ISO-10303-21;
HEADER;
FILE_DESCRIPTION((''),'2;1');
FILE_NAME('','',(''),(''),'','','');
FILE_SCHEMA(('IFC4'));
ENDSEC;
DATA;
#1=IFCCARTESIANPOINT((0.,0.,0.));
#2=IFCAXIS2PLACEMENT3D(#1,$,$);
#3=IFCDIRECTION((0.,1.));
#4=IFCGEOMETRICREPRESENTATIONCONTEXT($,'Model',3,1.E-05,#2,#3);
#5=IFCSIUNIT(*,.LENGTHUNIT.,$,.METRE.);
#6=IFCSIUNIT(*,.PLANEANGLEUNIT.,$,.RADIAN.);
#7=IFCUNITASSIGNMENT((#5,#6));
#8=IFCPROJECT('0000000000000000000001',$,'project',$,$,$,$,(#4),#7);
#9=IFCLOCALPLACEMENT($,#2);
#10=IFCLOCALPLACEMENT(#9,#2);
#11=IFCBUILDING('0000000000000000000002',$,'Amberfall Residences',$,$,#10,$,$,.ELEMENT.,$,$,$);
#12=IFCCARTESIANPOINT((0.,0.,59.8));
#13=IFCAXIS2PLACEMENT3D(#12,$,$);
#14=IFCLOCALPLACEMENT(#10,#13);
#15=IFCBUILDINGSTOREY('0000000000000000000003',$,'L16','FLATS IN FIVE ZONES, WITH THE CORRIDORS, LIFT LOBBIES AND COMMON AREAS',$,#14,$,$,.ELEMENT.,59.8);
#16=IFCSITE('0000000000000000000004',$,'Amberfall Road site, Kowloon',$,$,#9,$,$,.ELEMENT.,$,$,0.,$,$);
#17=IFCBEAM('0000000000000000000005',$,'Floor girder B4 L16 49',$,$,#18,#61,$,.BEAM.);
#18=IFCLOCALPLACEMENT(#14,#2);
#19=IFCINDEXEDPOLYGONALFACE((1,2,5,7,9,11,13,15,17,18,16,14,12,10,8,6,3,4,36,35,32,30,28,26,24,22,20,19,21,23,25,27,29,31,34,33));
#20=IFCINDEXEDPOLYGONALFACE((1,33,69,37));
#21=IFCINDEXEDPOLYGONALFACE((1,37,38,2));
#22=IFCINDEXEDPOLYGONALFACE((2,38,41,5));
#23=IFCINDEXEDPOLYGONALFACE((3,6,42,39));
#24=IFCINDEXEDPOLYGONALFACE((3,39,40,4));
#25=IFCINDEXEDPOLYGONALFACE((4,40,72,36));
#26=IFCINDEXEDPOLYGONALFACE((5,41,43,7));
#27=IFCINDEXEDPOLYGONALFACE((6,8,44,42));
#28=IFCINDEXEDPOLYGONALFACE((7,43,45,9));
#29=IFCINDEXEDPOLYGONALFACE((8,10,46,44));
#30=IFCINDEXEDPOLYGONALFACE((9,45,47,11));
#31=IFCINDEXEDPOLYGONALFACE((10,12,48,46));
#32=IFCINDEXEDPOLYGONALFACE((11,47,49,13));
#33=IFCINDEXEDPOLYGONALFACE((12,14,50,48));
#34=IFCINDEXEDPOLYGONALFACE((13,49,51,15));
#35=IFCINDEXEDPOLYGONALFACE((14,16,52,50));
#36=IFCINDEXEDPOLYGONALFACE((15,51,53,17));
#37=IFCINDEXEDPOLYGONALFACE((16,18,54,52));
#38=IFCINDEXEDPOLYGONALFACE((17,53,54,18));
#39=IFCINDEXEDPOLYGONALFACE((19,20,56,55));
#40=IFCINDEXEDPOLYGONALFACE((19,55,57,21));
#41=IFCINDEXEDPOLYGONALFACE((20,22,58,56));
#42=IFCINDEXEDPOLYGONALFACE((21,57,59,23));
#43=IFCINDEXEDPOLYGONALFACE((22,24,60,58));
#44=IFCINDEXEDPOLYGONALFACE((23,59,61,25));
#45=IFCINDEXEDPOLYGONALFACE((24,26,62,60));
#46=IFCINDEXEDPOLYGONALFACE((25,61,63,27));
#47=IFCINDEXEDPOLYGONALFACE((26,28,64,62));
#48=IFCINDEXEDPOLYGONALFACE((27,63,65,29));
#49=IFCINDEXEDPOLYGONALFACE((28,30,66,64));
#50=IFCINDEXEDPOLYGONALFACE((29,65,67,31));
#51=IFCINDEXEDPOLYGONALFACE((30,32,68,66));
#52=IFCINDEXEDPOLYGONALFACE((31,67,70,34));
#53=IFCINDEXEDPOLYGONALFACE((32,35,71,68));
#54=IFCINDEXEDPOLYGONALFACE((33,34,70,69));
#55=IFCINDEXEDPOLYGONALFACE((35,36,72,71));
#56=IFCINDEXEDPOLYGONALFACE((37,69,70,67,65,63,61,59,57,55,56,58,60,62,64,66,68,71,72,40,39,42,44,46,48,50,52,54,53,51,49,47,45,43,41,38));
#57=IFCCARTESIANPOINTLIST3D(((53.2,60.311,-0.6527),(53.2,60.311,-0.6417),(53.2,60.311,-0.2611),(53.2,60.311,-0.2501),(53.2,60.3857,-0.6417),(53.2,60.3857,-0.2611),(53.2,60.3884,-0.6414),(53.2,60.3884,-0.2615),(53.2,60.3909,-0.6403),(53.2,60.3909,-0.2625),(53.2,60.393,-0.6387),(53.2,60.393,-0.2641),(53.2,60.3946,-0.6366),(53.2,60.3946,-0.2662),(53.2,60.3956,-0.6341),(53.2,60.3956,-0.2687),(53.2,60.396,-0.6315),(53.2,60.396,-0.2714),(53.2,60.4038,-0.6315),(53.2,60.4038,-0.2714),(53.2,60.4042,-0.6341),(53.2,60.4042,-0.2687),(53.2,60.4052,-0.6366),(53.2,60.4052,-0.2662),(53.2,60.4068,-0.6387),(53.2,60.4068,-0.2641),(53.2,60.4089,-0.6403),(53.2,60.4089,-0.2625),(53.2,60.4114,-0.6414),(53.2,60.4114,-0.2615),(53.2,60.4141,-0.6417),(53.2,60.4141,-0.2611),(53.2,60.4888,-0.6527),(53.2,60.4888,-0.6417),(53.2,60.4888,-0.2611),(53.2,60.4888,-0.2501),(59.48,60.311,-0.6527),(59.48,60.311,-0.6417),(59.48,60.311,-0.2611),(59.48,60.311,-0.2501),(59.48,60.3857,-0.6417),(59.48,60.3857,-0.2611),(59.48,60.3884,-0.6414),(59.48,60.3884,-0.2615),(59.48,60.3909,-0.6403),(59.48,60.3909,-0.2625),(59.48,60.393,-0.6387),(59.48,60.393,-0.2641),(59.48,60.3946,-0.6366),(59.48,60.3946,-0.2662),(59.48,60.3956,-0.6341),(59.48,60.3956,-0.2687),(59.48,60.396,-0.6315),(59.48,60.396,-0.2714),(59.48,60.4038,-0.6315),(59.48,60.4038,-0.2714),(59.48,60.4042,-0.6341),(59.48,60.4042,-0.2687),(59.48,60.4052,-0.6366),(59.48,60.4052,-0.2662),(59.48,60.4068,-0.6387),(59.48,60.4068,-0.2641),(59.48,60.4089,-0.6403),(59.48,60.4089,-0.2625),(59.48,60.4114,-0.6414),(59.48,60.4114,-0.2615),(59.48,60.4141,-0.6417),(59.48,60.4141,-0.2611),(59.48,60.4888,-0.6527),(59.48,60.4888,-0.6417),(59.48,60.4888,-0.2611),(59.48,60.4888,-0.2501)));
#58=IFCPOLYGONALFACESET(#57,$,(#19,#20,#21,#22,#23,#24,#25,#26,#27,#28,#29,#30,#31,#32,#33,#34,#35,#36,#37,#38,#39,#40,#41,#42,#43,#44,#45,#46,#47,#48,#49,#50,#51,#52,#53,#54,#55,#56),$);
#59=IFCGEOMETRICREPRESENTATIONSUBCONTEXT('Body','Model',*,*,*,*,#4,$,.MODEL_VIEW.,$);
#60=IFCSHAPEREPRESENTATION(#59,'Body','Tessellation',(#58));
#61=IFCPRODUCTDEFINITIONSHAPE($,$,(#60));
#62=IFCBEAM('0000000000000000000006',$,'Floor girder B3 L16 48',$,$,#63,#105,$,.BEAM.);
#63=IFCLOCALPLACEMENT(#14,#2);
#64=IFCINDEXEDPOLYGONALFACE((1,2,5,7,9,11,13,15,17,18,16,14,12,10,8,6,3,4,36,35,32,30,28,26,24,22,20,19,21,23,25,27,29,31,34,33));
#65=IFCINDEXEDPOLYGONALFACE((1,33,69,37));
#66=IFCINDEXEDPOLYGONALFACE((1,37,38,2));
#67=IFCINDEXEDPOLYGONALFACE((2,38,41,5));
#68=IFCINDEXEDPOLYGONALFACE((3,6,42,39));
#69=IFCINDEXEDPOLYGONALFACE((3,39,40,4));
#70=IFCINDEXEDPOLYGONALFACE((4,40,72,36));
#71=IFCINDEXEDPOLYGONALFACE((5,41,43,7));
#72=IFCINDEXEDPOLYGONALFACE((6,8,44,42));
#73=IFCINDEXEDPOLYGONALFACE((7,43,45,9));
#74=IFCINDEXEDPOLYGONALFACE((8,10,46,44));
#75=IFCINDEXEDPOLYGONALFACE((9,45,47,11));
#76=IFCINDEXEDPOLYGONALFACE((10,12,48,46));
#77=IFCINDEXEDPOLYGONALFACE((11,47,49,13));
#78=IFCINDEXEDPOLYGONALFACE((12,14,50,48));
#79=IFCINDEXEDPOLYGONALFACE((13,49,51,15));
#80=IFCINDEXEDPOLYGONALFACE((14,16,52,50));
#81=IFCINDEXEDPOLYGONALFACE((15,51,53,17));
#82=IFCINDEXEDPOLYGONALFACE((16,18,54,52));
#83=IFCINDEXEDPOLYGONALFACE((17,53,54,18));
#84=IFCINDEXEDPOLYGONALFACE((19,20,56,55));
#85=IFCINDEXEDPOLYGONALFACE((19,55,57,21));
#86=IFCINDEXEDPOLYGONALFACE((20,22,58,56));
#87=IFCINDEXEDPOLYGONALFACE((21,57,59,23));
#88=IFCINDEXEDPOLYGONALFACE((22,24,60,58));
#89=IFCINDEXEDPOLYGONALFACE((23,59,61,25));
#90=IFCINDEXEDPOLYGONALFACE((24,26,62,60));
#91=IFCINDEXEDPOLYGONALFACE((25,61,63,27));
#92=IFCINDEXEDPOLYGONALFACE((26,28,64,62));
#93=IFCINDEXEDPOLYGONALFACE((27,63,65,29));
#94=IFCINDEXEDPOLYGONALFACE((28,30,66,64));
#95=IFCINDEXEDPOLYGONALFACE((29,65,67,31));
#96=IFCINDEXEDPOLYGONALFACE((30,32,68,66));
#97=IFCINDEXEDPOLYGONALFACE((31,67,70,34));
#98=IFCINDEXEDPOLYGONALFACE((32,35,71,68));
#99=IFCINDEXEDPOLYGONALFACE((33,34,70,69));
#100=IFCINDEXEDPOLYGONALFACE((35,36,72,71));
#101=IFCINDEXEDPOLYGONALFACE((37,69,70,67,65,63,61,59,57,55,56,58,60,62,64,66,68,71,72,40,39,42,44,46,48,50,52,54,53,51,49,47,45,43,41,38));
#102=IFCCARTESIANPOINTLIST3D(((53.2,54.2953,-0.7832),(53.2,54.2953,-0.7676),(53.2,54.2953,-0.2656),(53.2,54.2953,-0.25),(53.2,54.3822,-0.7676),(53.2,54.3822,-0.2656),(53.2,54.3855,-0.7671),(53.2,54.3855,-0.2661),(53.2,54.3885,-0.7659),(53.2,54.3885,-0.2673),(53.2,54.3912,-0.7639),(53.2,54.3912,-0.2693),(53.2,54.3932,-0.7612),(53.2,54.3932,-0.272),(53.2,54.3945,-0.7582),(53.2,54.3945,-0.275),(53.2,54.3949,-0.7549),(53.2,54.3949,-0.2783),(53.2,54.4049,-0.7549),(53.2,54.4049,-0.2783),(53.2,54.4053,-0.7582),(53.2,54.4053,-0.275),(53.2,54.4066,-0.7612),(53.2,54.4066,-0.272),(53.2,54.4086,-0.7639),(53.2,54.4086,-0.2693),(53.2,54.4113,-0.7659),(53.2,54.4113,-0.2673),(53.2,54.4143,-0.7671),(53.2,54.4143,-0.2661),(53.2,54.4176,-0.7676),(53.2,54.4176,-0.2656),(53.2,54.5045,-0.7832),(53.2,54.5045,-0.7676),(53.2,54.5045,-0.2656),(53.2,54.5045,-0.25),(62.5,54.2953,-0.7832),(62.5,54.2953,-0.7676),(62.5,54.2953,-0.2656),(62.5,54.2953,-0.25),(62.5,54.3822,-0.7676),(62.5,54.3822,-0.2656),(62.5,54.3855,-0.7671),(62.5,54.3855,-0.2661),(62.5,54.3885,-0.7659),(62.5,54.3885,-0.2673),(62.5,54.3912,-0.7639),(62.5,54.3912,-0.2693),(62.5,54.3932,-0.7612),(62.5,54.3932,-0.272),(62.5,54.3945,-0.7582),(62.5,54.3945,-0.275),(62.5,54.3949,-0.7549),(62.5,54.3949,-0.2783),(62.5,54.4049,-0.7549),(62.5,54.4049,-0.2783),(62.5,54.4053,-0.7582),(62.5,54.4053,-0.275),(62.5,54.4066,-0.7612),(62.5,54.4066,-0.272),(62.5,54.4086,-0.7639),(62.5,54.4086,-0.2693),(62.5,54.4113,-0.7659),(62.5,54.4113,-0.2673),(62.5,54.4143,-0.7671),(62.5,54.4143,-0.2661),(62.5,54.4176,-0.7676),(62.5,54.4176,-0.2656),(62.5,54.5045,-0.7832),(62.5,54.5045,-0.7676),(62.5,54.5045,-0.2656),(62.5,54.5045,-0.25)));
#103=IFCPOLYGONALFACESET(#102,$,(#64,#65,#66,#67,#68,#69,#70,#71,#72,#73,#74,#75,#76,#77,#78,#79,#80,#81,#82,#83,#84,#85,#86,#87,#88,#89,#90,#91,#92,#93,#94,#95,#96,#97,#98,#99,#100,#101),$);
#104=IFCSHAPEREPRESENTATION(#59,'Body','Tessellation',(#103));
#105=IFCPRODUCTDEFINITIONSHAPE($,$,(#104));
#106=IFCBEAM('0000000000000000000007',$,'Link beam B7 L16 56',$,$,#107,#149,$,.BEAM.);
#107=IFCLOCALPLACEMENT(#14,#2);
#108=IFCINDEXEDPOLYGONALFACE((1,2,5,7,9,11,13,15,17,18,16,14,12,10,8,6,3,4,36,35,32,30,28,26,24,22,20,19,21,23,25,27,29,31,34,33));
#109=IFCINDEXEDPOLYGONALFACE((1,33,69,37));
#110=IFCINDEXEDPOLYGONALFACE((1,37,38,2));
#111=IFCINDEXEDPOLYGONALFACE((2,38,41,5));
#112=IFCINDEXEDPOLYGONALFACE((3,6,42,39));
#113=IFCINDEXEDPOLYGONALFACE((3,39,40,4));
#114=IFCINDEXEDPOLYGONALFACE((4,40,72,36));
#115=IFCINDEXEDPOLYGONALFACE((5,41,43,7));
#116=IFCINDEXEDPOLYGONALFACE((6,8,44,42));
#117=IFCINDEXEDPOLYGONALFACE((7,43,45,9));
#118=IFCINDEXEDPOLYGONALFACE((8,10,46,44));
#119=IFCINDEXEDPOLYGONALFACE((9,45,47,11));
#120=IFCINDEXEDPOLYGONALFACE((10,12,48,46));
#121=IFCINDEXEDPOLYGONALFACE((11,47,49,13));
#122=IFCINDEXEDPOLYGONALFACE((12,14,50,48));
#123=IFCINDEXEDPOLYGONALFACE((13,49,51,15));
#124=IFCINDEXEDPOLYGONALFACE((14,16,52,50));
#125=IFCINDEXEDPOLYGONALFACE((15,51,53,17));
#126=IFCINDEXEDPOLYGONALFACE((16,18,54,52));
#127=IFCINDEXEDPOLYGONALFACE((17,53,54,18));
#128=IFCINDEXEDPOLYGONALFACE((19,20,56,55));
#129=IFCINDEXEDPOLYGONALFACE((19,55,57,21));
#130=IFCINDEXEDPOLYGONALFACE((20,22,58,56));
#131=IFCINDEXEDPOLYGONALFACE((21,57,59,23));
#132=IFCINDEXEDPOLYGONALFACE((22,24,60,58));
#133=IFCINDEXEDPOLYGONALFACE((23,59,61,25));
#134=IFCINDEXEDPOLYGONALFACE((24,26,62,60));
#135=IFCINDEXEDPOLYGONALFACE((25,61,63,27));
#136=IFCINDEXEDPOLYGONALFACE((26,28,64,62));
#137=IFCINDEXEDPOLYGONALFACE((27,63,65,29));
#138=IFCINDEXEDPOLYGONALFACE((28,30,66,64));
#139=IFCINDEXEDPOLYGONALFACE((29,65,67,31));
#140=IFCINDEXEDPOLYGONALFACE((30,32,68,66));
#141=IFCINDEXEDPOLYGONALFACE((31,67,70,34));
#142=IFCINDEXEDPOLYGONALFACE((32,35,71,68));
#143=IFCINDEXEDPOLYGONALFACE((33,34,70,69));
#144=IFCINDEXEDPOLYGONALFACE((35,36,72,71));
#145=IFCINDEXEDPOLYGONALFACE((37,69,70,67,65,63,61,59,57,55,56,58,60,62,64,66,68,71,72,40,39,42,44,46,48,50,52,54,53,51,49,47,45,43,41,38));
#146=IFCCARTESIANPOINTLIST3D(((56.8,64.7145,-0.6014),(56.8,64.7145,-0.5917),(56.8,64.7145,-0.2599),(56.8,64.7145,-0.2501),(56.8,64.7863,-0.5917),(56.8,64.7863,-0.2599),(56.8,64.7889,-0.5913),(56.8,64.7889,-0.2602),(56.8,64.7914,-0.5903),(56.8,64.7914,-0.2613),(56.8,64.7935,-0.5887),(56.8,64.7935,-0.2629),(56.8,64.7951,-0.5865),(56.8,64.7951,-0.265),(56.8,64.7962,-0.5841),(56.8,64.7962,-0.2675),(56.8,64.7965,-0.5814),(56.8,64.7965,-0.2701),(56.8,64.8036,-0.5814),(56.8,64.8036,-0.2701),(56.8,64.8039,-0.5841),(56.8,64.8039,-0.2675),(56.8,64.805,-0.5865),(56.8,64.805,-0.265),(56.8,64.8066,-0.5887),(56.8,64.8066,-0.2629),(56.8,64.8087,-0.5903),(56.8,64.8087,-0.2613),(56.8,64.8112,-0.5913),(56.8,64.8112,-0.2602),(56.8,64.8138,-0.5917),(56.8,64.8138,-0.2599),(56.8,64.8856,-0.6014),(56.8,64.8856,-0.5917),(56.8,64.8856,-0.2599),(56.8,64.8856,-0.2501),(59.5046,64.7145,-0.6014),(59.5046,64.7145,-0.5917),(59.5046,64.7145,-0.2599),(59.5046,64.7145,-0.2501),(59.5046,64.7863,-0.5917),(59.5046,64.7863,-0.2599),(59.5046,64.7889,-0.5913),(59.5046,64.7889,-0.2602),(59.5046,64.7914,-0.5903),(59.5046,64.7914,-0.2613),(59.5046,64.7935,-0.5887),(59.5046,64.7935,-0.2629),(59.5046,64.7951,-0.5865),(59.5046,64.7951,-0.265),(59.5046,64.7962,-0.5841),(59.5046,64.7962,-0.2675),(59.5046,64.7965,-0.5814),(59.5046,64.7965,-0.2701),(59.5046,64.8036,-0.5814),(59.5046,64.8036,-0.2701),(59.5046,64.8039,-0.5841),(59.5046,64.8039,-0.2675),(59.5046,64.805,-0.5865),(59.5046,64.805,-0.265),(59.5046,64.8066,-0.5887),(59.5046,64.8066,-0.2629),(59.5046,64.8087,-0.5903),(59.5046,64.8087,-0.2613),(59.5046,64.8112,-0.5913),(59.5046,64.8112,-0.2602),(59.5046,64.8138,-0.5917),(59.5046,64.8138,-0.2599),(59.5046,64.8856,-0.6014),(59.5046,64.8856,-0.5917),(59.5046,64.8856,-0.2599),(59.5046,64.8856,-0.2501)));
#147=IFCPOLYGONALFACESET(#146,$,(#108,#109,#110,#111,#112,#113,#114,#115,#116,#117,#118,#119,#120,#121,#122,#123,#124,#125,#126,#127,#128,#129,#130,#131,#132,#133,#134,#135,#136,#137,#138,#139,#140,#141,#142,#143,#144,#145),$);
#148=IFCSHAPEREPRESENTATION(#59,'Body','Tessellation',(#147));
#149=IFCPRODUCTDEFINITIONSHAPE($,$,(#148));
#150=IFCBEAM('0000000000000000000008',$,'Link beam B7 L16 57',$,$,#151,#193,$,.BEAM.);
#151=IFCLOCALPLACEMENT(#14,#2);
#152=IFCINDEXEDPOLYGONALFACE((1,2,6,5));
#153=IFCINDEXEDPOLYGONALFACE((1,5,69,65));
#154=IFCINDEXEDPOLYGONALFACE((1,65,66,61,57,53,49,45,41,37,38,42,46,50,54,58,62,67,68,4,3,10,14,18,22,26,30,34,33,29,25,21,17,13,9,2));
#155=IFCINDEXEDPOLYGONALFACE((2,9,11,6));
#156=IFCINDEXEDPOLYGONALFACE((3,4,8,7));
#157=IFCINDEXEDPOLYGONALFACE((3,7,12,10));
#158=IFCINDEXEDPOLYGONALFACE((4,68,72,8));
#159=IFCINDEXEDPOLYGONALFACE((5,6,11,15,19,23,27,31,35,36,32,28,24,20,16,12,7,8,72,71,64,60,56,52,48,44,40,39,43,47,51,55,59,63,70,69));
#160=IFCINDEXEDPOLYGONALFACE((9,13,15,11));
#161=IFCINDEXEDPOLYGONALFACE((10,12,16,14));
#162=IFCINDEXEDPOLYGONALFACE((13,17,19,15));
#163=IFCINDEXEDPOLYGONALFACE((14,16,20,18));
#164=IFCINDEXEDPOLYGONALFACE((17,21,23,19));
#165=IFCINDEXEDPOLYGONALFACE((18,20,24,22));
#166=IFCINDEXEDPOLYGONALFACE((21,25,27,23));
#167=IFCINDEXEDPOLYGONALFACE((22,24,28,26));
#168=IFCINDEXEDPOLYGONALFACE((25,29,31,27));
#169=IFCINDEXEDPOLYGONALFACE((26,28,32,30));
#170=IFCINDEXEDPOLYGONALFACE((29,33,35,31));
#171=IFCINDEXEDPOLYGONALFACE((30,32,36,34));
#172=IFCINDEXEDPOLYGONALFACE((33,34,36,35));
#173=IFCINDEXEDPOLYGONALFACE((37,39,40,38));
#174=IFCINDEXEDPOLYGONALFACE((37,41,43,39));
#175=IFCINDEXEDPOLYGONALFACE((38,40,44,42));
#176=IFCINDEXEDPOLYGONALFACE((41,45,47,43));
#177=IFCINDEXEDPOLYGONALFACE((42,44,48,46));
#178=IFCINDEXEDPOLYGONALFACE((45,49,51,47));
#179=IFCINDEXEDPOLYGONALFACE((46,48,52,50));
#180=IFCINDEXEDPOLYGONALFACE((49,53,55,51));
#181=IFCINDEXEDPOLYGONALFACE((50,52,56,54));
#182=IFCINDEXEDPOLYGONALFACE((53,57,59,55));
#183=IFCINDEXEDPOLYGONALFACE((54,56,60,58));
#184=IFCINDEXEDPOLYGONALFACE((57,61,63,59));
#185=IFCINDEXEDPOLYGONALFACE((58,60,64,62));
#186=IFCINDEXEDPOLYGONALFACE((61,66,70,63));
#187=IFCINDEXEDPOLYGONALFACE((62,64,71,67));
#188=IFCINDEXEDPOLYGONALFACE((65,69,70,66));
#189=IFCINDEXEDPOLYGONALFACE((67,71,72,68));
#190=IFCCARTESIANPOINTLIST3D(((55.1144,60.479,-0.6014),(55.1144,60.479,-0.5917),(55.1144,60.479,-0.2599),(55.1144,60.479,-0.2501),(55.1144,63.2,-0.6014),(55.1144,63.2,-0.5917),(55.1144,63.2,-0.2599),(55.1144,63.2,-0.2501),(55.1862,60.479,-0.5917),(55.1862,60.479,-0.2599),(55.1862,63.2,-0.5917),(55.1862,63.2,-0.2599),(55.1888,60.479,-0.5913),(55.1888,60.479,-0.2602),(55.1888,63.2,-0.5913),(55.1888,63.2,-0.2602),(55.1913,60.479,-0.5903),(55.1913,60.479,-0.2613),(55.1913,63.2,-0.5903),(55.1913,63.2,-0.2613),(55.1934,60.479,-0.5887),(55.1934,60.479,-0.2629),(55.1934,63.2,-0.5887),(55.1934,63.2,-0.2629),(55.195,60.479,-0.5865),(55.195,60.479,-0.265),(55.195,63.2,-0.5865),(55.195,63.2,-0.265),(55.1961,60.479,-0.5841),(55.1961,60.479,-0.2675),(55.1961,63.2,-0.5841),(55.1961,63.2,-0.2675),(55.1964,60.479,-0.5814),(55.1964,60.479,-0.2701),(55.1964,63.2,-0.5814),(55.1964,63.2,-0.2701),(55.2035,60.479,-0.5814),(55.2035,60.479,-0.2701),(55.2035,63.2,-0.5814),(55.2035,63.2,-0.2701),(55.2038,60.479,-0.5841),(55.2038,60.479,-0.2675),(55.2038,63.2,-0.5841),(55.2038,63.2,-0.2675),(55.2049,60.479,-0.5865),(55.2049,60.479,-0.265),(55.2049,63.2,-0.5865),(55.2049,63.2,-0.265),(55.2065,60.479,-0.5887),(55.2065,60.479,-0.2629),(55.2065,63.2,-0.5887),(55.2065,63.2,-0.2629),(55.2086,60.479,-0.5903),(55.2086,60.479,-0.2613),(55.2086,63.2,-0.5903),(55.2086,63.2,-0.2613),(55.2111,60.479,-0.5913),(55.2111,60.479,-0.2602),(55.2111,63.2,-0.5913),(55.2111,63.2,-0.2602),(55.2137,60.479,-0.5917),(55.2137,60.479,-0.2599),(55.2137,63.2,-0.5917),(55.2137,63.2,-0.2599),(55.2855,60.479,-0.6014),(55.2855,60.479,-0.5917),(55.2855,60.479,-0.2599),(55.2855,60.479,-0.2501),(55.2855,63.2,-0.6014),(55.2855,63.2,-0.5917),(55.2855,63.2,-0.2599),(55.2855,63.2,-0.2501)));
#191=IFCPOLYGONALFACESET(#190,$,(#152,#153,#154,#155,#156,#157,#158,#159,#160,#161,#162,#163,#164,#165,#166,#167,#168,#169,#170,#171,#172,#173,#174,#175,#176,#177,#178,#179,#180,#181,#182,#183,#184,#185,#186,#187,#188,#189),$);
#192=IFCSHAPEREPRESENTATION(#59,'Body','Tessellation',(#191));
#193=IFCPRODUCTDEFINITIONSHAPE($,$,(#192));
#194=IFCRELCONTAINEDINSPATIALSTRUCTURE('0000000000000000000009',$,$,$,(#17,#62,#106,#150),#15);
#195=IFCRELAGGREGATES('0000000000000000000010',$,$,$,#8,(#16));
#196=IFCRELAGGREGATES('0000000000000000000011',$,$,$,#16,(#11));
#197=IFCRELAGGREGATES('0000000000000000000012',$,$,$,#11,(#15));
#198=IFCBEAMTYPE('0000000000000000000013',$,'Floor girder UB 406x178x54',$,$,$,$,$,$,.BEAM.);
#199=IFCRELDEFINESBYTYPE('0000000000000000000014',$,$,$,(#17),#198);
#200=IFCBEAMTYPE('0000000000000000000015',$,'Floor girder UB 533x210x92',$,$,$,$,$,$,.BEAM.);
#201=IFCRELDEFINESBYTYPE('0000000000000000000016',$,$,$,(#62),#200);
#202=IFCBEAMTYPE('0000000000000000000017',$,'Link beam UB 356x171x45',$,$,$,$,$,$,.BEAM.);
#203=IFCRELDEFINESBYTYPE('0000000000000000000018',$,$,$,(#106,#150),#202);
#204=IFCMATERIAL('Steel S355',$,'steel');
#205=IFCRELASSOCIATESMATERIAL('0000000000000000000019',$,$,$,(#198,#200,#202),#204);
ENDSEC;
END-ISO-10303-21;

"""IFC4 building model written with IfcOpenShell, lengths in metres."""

from ifc_helpers import new_model, si_unit, direction, frame, origin, origin_2d, place, context, subcontext, project, spatial, i_section, extrude, material, material_profile, profile_set, type_object, element, save


model = new_model("IFC4")

# Units and contexts
model_context = context("Model", 3, precision=1e-05, world=origin(), true_north=direction((0.0, 1.0)))
body_context = subcontext(model_context, "Body", "Model", "MODEL_VIEW")
ifc_project = project(units=[si_unit("LENGTHUNIT", "METRE"), si_unit("PLANEANGLEUNIT", "RADIAN")], contexts=[model_context])

# Site, building, storey
site_placement = place(None, origin())
site = spatial("IfcSite", under=ifc_project, at=site_placement, Name="Amberfall Road site, Kowloon", CompositionType="ELEMENT", RefElevation=0.0)
building_placement = place(site_placement, origin())
building = spatial("IfcBuilding", under=site, at=building_placement, Name="Amberfall Residences", CompositionType="ELEMENT")
storey_placement = place(building_placement, frame((0.0, 0.0, 59.8)))
storey = spatial("IfcBuildingStorey", under=building, at=storey_placement, Name="L16", Description="FLATS IN FIVE ZONES, WITH THE CORRIDORS, LIFT LOBBIES AND COMMON AREAS", CompositionType="ELEMENT", Elevation=59.8)

# Shared definitions
ifc_material_1 = material(Name="Steel S355", Category="steel")

# Beams
ifc_material_profile_1 = material_profile(ifc_material_1, i_section(OverallWidth=0.1777, OverallDepth=0.4026, WebThickness=0.0078, FlangeThickness=0.011, FilletRadius=0.0103, at=origin_2d()), Name="UB 406x178x54")
ifc_profile_set_1 = profile_set([ifc_material_profile_1], Name="Steel S355")
beam_type_1 = type_object("IfcBeamType", Name="Floor girder UB 406x178x54", PredefinedType="BEAM", material=ifc_profile_set_1)
beam_1_placement = place(storey_placement, frame((53.2, 60.3999, -0.4514), z_axis=(1.0, 0.0, 0.0), x_axis=(0.0, 1.0, 0.0)))
element("IfcBeam", 1, at=beam_1_placement, inside=storey, type_object=beam_type_1, Name="Floor girder B4 L16 49", PredefinedType="BEAM", context=body_context, shape_type="SweptSolid", body=[
    extrude(i_section(OverallWidth=0.1777, OverallDepth=0.4026, WebThickness=0.0078, FlangeThickness=0.011, FilletRadius=0.0103, at=origin_2d()), origin(), (0.0, 0.0, 1.0), 6.28),
])
ifc_material_profile_2 = material_profile(ifc_material_1, i_section(OverallWidth=0.2092, OverallDepth=0.5332, WebThickness=0.01, FlangeThickness=0.0156, FilletRadius=0.0127, at=origin_2d()), Name="UB 533x210x92")
ifc_profile_set_2 = profile_set([ifc_material_profile_2], Name="Steel S355")
beam_type_2 = type_object("IfcBeamType", Name="Floor girder UB 533x210x92", PredefinedType="BEAM", material=ifc_profile_set_2)
beam_2_placement = place(storey_placement, frame((53.2, 54.3999, -0.5166), z_axis=(1.0, 0.0, 0.0), x_axis=(0.0, 1.0, 0.0)))
element("IfcBeam", 2, at=beam_2_placement, inside=storey, type_object=beam_type_2, Name="Floor girder B3 L16 48", PredefinedType="BEAM", context=body_context, shape_type="SweptSolid", body=[
    extrude(i_section(OverallWidth=0.2092, OverallDepth=0.5332, WebThickness=0.01, FlangeThickness=0.0156, FilletRadius=0.0127, at=origin_2d()), origin(), (0.0, 0.0, 1.0), 9.3),
])
ifc_material_profile_3 = material_profile(ifc_material_1, i_section(OverallWidth=0.1711, OverallDepth=0.3513, WebThickness=0.0071, FlangeThickness=0.0098, FilletRadius=0.0103, at=origin_2d()), Name="UB 356x171x45")
ifc_profile_set_3 = profile_set([ifc_material_profile_3], Name="Steel S355")
beam_type_3 = type_object("IfcBeamType", Name="Link beam UB 356x171x45", PredefinedType="BEAM", material=ifc_profile_set_3)
beam_3_placement = place(storey_placement, frame((56.8, 64.8, -0.4258), z_axis=(1.0, 0.0, 0.0), x_axis=(0.0, 1.0, 0.0)))
element("IfcBeam", 3, at=beam_3_placement, inside=storey, type_object=beam_type_3, Name="Link beam B7 L16 56", PredefinedType="BEAM", context=body_context, shape_type="SweptSolid", body=[
    extrude(i_section(OverallWidth=0.1711, OverallDepth=0.3513, WebThickness=0.0071, FlangeThickness=0.0098, FilletRadius=0.0103, at=origin_2d()), origin(), (0.0, 0.0, 1.0), 2.7046),
])
beam_4_placement = place(storey_placement, frame((55.2, 63.2, -0.4258), z_axis=(0.0, -1.0, 0.0), x_axis=(1.0, 0.0, 0.0)))
element("IfcBeam", 4, at=beam_4_placement, inside=storey, type_object=beam_type_3, Name="Link beam B7 L16 57", PredefinedType="BEAM", context=body_context, shape_type="SweptSolid", body=[
    extrude(i_section(OverallWidth=0.1711, OverallDepth=0.3513, WebThickness=0.0071, FlangeThickness=0.0098, FilletRadius=0.0103, at=origin_2d()), origin(), (0.0, 0.0, 1.0), 2.7209),
])

save(model, "model.ifc")
